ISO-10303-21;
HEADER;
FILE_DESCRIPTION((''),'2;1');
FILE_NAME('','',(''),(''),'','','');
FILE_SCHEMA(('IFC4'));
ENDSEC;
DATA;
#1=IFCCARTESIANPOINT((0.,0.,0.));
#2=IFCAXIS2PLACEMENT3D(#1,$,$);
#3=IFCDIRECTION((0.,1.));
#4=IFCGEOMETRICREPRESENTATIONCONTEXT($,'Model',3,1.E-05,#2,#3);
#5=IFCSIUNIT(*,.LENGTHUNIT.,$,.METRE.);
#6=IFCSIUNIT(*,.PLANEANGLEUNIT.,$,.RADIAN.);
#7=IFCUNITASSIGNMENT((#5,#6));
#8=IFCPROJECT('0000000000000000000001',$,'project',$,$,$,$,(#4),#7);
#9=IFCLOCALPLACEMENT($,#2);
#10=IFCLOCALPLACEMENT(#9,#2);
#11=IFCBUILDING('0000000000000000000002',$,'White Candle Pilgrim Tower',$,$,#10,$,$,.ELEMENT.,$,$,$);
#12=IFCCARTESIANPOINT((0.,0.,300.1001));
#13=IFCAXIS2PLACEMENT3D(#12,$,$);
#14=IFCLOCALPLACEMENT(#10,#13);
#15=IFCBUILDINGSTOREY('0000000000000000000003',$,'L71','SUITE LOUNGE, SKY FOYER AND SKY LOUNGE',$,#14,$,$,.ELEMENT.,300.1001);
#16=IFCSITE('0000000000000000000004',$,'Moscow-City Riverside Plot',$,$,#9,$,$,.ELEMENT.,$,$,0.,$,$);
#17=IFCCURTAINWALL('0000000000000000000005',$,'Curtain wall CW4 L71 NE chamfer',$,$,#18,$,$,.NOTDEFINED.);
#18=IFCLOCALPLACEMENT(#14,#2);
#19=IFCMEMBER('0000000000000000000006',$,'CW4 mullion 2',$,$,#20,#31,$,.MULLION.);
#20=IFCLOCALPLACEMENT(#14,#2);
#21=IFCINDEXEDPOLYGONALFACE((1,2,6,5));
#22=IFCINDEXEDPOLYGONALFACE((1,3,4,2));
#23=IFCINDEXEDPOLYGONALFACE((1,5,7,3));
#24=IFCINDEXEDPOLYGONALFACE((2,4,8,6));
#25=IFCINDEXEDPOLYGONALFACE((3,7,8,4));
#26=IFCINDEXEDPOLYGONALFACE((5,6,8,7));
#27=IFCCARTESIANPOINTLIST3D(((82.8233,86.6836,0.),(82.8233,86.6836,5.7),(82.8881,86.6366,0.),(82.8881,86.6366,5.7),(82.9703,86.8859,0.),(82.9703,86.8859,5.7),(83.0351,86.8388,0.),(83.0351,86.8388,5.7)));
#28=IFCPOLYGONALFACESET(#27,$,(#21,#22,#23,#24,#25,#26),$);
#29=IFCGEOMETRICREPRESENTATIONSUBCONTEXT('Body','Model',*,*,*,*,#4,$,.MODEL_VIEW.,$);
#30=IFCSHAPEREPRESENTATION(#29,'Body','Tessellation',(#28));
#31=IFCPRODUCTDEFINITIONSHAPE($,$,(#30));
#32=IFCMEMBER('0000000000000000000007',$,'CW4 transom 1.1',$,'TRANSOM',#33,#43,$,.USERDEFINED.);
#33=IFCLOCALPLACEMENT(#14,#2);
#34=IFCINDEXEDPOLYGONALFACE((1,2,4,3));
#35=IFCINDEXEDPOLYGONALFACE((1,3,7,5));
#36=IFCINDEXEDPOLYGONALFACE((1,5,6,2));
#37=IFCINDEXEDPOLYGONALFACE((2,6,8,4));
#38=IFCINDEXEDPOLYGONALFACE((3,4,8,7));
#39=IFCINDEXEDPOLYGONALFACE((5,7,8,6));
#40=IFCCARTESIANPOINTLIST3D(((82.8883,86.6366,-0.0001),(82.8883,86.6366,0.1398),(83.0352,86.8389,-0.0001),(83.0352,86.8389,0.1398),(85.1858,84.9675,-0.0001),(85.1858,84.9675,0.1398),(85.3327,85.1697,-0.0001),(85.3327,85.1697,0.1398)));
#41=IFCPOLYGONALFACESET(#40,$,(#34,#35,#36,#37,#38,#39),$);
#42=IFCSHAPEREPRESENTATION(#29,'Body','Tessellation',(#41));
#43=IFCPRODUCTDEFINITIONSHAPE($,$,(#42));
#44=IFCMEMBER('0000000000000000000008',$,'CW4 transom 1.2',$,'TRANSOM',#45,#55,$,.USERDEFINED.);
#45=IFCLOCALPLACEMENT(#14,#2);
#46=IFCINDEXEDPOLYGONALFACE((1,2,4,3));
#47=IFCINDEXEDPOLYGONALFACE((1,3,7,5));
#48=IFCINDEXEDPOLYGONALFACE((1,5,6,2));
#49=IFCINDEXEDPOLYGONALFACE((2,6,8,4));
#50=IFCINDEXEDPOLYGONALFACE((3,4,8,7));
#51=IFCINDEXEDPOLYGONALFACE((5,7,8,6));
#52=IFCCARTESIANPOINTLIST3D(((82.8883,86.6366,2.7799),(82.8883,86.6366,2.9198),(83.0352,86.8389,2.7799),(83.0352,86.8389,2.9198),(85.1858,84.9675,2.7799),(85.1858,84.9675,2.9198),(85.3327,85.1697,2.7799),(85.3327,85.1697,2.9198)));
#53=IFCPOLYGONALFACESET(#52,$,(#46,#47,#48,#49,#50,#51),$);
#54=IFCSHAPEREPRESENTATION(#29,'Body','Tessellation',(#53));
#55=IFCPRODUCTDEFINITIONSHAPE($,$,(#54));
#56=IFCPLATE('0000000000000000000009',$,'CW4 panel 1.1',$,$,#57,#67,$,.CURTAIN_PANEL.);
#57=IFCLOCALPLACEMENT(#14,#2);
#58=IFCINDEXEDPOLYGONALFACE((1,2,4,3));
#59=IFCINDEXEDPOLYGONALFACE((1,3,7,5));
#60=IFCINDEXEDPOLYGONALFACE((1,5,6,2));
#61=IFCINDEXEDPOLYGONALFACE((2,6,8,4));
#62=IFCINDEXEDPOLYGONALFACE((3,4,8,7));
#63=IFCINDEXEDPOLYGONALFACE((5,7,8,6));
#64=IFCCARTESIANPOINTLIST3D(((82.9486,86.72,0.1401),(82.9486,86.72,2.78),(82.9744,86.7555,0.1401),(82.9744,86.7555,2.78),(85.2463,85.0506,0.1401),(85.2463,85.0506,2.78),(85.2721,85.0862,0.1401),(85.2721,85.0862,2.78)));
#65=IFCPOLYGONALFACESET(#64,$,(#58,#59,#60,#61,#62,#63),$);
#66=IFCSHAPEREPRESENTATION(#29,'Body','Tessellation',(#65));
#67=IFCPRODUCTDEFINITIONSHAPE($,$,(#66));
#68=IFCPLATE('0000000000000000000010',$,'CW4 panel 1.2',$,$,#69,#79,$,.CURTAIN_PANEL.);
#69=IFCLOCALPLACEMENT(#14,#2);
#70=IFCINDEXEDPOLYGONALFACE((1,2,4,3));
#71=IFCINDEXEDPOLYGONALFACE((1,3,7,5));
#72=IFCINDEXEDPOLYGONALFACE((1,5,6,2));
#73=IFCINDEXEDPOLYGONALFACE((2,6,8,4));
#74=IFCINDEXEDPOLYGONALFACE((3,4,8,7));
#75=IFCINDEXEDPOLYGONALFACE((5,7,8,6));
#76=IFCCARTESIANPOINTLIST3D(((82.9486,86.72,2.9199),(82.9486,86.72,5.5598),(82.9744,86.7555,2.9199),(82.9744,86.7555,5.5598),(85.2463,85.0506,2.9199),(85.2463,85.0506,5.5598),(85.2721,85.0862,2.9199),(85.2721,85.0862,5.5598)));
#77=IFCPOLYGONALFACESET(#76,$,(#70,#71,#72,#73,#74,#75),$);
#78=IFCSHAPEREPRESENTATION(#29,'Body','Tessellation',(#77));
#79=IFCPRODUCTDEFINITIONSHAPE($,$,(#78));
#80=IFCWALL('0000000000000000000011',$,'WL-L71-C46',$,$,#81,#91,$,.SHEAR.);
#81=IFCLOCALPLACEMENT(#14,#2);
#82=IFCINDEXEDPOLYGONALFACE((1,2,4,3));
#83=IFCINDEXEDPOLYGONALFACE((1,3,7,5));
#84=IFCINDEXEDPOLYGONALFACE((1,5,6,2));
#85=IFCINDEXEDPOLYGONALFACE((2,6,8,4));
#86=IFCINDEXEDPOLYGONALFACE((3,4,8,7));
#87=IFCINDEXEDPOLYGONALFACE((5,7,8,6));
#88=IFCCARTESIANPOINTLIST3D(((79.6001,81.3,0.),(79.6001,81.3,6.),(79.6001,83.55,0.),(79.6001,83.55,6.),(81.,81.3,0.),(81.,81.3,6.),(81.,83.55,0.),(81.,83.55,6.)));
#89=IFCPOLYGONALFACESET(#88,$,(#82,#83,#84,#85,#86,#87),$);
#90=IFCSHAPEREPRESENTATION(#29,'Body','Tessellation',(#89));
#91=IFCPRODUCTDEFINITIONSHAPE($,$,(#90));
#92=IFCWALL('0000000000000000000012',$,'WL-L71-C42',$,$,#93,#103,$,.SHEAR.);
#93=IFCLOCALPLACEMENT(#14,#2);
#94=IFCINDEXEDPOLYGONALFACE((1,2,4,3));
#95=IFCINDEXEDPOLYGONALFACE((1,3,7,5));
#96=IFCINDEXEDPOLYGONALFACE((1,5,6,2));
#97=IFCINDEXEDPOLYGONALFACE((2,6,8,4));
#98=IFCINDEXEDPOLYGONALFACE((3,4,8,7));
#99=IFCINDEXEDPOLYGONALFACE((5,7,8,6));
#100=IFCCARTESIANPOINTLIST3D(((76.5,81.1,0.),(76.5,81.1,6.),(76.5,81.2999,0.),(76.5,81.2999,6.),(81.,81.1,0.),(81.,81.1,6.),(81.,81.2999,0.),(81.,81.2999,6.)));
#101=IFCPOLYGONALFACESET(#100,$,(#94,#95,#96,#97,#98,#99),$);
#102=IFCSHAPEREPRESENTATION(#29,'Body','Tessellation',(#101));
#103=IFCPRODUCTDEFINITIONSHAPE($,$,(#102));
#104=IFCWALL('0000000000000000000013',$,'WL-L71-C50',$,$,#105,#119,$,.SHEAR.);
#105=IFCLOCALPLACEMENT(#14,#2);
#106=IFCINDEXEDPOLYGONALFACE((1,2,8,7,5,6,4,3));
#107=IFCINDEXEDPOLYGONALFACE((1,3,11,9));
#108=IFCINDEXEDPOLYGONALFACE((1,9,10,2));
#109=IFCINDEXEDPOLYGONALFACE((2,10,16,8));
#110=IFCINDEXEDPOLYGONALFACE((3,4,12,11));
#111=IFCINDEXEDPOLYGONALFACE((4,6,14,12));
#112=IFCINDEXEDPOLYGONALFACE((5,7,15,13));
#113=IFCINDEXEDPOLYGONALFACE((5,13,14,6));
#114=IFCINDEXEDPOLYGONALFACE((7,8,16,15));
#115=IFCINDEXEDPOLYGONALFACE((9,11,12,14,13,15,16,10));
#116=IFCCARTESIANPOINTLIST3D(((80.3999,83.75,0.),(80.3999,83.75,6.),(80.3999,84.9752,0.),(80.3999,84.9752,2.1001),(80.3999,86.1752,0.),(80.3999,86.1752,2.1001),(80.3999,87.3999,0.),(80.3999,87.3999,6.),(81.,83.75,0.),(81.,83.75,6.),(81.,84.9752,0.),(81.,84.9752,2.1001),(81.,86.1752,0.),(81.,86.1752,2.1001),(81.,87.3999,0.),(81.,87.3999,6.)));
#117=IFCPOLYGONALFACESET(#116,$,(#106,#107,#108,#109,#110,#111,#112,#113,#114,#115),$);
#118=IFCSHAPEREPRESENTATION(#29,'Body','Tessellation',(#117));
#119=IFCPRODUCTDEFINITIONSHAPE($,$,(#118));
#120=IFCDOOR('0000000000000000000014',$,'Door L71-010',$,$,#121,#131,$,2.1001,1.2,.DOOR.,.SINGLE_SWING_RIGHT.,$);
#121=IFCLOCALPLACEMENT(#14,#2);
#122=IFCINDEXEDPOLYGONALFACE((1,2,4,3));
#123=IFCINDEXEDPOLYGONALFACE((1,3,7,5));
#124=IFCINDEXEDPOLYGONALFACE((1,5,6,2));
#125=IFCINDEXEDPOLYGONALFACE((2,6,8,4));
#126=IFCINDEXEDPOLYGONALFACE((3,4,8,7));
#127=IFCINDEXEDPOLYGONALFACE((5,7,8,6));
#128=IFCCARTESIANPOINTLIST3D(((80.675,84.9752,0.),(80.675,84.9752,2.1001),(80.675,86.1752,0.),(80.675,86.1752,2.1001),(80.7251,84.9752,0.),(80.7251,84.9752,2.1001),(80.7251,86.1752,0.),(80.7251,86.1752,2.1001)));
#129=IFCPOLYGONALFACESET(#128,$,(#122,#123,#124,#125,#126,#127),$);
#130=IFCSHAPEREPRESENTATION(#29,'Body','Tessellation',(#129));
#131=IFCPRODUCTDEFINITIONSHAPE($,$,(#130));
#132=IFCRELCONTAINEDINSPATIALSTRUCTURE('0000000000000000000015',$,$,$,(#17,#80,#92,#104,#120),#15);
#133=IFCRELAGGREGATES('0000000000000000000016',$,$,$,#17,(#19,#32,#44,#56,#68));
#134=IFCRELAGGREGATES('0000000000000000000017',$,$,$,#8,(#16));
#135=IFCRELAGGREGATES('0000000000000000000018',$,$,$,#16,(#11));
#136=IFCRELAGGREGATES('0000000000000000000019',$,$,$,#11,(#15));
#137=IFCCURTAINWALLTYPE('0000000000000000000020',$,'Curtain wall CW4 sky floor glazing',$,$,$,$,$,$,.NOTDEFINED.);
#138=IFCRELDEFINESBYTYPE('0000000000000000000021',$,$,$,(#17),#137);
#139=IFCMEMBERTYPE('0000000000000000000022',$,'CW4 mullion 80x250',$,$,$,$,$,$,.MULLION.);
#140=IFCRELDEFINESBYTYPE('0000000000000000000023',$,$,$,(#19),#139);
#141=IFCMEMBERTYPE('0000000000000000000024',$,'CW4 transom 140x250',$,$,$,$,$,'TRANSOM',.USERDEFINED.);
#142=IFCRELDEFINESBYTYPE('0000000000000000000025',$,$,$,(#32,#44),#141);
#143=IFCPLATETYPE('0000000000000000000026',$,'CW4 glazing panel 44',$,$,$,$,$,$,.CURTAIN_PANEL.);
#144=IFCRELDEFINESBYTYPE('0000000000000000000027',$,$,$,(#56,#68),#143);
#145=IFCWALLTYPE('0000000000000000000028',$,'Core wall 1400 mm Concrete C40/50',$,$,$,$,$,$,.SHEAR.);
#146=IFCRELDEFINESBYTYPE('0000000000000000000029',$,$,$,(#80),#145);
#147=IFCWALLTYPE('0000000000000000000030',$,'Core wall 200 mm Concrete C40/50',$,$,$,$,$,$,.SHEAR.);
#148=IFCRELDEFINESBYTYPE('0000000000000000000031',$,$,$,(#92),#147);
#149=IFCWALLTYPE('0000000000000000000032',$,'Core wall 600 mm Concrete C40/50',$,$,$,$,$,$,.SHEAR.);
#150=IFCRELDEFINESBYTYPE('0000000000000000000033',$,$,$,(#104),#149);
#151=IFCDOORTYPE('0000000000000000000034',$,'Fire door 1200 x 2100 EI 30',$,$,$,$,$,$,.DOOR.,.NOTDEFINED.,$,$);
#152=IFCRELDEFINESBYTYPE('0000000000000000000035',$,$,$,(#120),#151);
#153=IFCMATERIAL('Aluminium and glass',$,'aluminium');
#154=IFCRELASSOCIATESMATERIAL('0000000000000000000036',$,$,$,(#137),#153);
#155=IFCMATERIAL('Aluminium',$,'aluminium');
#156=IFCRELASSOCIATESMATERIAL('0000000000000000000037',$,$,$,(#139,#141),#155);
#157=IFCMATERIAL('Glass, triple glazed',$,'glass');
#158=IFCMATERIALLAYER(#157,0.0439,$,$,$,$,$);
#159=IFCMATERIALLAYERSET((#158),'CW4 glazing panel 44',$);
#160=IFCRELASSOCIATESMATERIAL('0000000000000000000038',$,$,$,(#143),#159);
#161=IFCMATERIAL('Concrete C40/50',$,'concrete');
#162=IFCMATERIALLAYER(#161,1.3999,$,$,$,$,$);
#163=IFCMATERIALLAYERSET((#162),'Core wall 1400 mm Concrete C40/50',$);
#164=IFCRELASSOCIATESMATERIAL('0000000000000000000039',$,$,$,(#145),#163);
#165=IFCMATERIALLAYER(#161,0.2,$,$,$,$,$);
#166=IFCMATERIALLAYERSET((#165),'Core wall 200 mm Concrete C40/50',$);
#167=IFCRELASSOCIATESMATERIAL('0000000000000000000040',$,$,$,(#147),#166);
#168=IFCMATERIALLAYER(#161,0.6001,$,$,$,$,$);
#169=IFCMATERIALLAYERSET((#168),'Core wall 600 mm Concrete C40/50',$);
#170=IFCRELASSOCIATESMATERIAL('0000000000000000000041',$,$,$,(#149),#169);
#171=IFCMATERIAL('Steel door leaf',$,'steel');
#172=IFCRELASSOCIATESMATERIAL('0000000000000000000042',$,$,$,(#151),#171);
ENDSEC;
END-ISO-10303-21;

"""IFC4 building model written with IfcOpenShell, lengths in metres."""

from ifc_helpers import new_model, si_unit, direction, frame, frame_2d, origin, origin_2d, place, context, subcontext, project, spatial, rectangle, extrude, material, layer, layer_set, material_profile, profile_set, type_object, element, fill, aggregate, save


model = new_model("IFC4")

# Units and contexts
model_context = context("Model", 3, precision=1e-05, world=origin(), true_north=direction((0.0, 1.0)))
body_context = subcontext(model_context, "Body", "Model", "MODEL_VIEW")
ifc_project = project(units=[si_unit("LENGTHUNIT", "METRE"), si_unit("PLANEANGLEUNIT", "RADIAN")], contexts=[model_context])

# Site, building, storey
site_placement = place(None, origin())
site = spatial("IfcSite", under=ifc_project, at=site_placement, Name="Moscow-City Riverside Plot", CompositionType="ELEMENT", RefElevation=0.0)
building_placement = place(site_placement, origin())
building = spatial("IfcBuilding", under=site, at=building_placement, Name="White Candle Pilgrim Tower", CompositionType="ELEMENT")
storey_placement = place(building_placement, frame((0.0, 0.0, 300.1001)))
storey = spatial("IfcBuildingStorey", under=building, at=storey_placement, Name="L71", Description="SUITE LOUNGE, SKY FOYER AND SKY LOUNGE", CompositionType="ELEMENT", Elevation=300.1001)

# Curtain wall, members, plates
ifc_material_1 = material(Name="Aluminium and glass", Category="aluminium")
curtain_wall_type = type_object("IfcCurtainWallType", Name="Curtain wall CW4 sky floor glazing", PredefinedType="NOTDEFINED", material=ifc_material_1)
curtain_wall_placement = place(storey_placement, origin())
curtain_wall = element("IfcCurtainWall", 1, at=curtain_wall_placement, inside=storey, type_object=curtain_wall_type, Name="Curtain wall CW4 L71 NE chamfer", PredefinedType="NOTDEFINED")
ifc_material_2 = material(Name="Aluminium", Category="aluminium")
ifc_material_profile_1 = material_profile(ifc_material_2, rectangle(XDim=0.25, YDim=0.0801, at=origin_2d()), Name="CW4 mullion 80x250")
ifc_profile_set_1 = profile_set([ifc_material_profile_1], Name="Aluminium")
member_type_1 = type_object("IfcMemberType", Name="CW4 mullion 80x250", PredefinedType="MULLION", material=ifc_profile_set_1)
member_1_placement = place(storey_placement, frame((82.9292, 86.7612, 0.0), z_axis=(0.0, 0.0, 1.0), x_axis=(-0.587785, -0.809017, 0.0)))
member_1 = element("IfcMember", 2, at=member_1_placement, type_object=member_type_1, Name="CW4 mullion 2", PredefinedType="MULLION", context=body_context, shape_type="SweptSolid", body=[
    extrude(rectangle(XDim=0.25, YDim=0.0801, at=origin_2d()), origin(), (0.0, 0.0, 1.0), 5.7),
])
ifc_material_profile_2 = material_profile(ifc_material_2, rectangle(XDim=0.25, YDim=0.1399, at=origin_2d()), Name="CW4 transom 140x250")
ifc_profile_set_2 = profile_set([ifc_material_profile_2], Name="Aluminium")
member_type_2 = type_object("IfcMemberType", Name="CW4 transom 140x250", ElementType="TRANSOM", PredefinedType="USERDEFINED", material=ifc_profile_set_2)
member_2_placement = place(storey_placement, frame((85.2593, 85.0686, 0.0698), z_axis=(-0.809037, 0.587758, 0.0), x_axis=(-0.587758, -0.809037, 0.0)))
member_2 = element("IfcMember", 3, at=member_2_placement, type_object=member_type_2, Name="CW4 transom 1.1", ObjectType="TRANSOM", PredefinedType="USERDEFINED", context=body_context, shape_type="SweptSolid", body=[
    extrude(rectangle(XDim=0.25, YDim=0.1399, at=origin_2d()), origin(), (0.0, 0.0, 1.0), 2.8398),
])
member_3_placement = place(storey_placement, frame((85.2593, 85.0686, 2.8499), z_axis=(-0.809037, 0.587758, 0.0), x_axis=(-0.587758, -0.809037, 0.0)))
member_3 = element("IfcMember", 4, at=member_3_placement, type_object=member_type_2, Name="CW4 transom 1.2", ObjectType="TRANSOM", PredefinedType="USERDEFINED", context=body_context, shape_type="SweptSolid", body=[
    extrude(rectangle(XDim=0.25, YDim=0.1399, at=origin_2d()), origin(), (0.0, 0.0, 1.0), 2.8398),
])
ifc_material_3 = material(Name="Glass, triple glazed", Category="glass")
ifc_layer_1 = layer(ifc_material_3, 0.0439)
ifc_layer_set_1 = layer_set([ifc_layer_1], Name="CW4 glazing panel 44")
plate_type = type_object("IfcPlateType", Name="CW4 glazing panel 44", PredefinedType="CURTAIN_PANEL", material=ifc_layer_set_1)
plate_1_placement = place(storey_placement, frame((84.1104, 85.9031, 0.1401), z_axis=(0.0, 0.0, 1.0), x_axis=(-0.809017, 0.587785, 0.0)))
plate_1 = element("IfcPlate", 5, at=plate_1_placement, type_object=plate_type, Name="CW4 panel 1.1", PredefinedType="CURTAIN_PANEL", context=body_context, shape_type="SweptSolid", body=[
    extrude(rectangle(XDim=2.8401, YDim=0.0439, at=origin_2d()), origin(), (0.0, 0.0, 1.0), 2.6399),
])
plate_2_placement = place(storey_placement, frame((84.1104, 85.9031, 2.9199), z_axis=(0.0, 0.0, 1.0), x_axis=(-0.809017, 0.587785, 0.0)))
plate_2 = element("IfcPlate", 6, at=plate_2_placement, type_object=plate_type, Name="CW4 panel 1.2", PredefinedType="CURTAIN_PANEL", context=body_context, shape_type="SweptSolid", body=[
    extrude(rectangle(XDim=2.8401, YDim=0.0439, at=origin_2d()), origin(), (0.0, 0.0, 1.0), 2.6399),
])
aggregate(curtain_wall, [member_1, member_2, member_3, plate_1, plate_2])

# Walls
ifc_material_4 = material(Name="Concrete C40/50", Category="concrete")
ifc_layer_2 = layer(ifc_material_4, 1.3999)
ifc_layer_set_2 = layer_set([ifc_layer_2], Name="Core wall 1400 mm Concrete C40/50")
wall_type_1 = type_object("IfcWallType", Name="Core wall 1400 mm Concrete C40/50", PredefinedType="SHEAR", material=ifc_layer_set_2)
wall_1_placement = place(storey_placement, frame((80.3, 81.3, 0.0), z_axis=(0.0, 0.0, 1.0), x_axis=(0.0, 1.0, 0.0)))
element("IfcWall", 7, at=wall_1_placement, inside=storey, type_object=wall_type_1, Name="WL-L71-C46", PredefinedType="SHEAR", context=body_context, shape_type="SweptSolid", body=[
    extrude(rectangle(XDim=2.25, YDim=1.3999, at=frame_2d((1.125, 0.0))), origin(), (0.0, 0.0, 1.0), 6.0),
])
ifc_layer_3 = layer(ifc_material_4, 0.2)
ifc_layer_set_3 = layer_set([ifc_layer_3], Name="Core wall 200 mm Concrete C40/50")
wall_type_2 = type_object("IfcWallType", Name="Core wall 200 mm Concrete C40/50", PredefinedType="SHEAR", material=ifc_layer_set_3)
wall_2_placement = place(storey_placement, frame((76.5, 81.2, 0.0), z_axis=(0.0, 0.0, 1.0), x_axis=(1.0, 0.0, 0.0)))
element("IfcWall", 8, at=wall_2_placement, inside=storey, type_object=wall_type_2, Name="WL-L71-C42", PredefinedType="SHEAR", context=body_context, shape_type="SweptSolid", body=[
    extrude(rectangle(XDim=4.5, YDim=0.2, at=frame_2d((2.25, 0.0))), origin(), (0.0, 0.0, 1.0), 6.0),
])

# Wall, opening, door
ifc_layer_4 = layer(ifc_material_4, 0.6001)
ifc_layer_set_4 = layer_set([ifc_layer_4], Name="Core wall 600 mm Concrete C40/50")
wall_type_3 = type_object("IfcWallType", Name="Core wall 600 mm Concrete C40/50", PredefinedType="SHEAR", material=ifc_layer_set_4)
wall_3_placement = place(storey_placement, frame((80.7, 83.75, 0.0), z_axis=(0.0, 0.0, 1.0), x_axis=(0.0, 1.0, 0.0)))
wall_3 = element("IfcWall", 9, at=wall_3_placement, inside=storey, type_object=wall_type_3, Name="WL-L71-C50", PredefinedType="SHEAR", context=body_context, shape_type="SweptSolid", body=[
    extrude(rectangle(XDim=3.6499, YDim=0.6001, at=frame_2d((1.825, 0.0))), origin(), (0.0, 0.0, 1.0), 6.0),
])
opening_1_placement = place(wall_3_placement, frame((1.2251, 0.0, 0.0)))
opening_1 = element("IfcOpeningElement", 10, at=opening_1_placement, cuts=wall_3, PredefinedType="OPENING", context=body_context, shape_type="SweptSolid", body=[
    extrude(rectangle(XDim=1.2, YDim=2.1001, at=frame_2d((0.6001, 1.05))), frame((0.0, 0.3101, 0.0), z_axis=(0.0, -1.0, 0.0), x_axis=(1.0, 0.0, 0.0)), (0.0, 0.0, 1.0), 0.6201),
])
ifc_material_5 = material(Name="Steel door leaf", Category="steel")
door_type_1 = type_object("IfcDoorType", Name="Fire door 1200 x 2100 EI 30", OperationType="NOTDEFINED", PredefinedType="DOOR", material=ifc_material_5)
door_1_placement = place(opening_1_placement, origin())
door_1 = element("IfcDoor", 11, at=door_1_placement, inside=storey, type_object=door_type_1, Name="Door L71-010", OperationType="SINGLE_SWING_RIGHT", OverallHeight=2.1001, OverallWidth=1.2, PredefinedType="DOOR", context=body_context, shape_type="SweptSolid", body=[
    extrude(rectangle(XDim=1.2, YDim=2.1001, at=frame_2d((0.6001, 1.05))), frame((0.0, 0.0249, 0.0), z_axis=(0.0, -1.0, 0.0), x_axis=(1.0, 0.0, 0.0)), (0.0, 0.0, 1.0), 0.05),
])
fill(opening_1, door_1)

save(model, "model.ifc")
